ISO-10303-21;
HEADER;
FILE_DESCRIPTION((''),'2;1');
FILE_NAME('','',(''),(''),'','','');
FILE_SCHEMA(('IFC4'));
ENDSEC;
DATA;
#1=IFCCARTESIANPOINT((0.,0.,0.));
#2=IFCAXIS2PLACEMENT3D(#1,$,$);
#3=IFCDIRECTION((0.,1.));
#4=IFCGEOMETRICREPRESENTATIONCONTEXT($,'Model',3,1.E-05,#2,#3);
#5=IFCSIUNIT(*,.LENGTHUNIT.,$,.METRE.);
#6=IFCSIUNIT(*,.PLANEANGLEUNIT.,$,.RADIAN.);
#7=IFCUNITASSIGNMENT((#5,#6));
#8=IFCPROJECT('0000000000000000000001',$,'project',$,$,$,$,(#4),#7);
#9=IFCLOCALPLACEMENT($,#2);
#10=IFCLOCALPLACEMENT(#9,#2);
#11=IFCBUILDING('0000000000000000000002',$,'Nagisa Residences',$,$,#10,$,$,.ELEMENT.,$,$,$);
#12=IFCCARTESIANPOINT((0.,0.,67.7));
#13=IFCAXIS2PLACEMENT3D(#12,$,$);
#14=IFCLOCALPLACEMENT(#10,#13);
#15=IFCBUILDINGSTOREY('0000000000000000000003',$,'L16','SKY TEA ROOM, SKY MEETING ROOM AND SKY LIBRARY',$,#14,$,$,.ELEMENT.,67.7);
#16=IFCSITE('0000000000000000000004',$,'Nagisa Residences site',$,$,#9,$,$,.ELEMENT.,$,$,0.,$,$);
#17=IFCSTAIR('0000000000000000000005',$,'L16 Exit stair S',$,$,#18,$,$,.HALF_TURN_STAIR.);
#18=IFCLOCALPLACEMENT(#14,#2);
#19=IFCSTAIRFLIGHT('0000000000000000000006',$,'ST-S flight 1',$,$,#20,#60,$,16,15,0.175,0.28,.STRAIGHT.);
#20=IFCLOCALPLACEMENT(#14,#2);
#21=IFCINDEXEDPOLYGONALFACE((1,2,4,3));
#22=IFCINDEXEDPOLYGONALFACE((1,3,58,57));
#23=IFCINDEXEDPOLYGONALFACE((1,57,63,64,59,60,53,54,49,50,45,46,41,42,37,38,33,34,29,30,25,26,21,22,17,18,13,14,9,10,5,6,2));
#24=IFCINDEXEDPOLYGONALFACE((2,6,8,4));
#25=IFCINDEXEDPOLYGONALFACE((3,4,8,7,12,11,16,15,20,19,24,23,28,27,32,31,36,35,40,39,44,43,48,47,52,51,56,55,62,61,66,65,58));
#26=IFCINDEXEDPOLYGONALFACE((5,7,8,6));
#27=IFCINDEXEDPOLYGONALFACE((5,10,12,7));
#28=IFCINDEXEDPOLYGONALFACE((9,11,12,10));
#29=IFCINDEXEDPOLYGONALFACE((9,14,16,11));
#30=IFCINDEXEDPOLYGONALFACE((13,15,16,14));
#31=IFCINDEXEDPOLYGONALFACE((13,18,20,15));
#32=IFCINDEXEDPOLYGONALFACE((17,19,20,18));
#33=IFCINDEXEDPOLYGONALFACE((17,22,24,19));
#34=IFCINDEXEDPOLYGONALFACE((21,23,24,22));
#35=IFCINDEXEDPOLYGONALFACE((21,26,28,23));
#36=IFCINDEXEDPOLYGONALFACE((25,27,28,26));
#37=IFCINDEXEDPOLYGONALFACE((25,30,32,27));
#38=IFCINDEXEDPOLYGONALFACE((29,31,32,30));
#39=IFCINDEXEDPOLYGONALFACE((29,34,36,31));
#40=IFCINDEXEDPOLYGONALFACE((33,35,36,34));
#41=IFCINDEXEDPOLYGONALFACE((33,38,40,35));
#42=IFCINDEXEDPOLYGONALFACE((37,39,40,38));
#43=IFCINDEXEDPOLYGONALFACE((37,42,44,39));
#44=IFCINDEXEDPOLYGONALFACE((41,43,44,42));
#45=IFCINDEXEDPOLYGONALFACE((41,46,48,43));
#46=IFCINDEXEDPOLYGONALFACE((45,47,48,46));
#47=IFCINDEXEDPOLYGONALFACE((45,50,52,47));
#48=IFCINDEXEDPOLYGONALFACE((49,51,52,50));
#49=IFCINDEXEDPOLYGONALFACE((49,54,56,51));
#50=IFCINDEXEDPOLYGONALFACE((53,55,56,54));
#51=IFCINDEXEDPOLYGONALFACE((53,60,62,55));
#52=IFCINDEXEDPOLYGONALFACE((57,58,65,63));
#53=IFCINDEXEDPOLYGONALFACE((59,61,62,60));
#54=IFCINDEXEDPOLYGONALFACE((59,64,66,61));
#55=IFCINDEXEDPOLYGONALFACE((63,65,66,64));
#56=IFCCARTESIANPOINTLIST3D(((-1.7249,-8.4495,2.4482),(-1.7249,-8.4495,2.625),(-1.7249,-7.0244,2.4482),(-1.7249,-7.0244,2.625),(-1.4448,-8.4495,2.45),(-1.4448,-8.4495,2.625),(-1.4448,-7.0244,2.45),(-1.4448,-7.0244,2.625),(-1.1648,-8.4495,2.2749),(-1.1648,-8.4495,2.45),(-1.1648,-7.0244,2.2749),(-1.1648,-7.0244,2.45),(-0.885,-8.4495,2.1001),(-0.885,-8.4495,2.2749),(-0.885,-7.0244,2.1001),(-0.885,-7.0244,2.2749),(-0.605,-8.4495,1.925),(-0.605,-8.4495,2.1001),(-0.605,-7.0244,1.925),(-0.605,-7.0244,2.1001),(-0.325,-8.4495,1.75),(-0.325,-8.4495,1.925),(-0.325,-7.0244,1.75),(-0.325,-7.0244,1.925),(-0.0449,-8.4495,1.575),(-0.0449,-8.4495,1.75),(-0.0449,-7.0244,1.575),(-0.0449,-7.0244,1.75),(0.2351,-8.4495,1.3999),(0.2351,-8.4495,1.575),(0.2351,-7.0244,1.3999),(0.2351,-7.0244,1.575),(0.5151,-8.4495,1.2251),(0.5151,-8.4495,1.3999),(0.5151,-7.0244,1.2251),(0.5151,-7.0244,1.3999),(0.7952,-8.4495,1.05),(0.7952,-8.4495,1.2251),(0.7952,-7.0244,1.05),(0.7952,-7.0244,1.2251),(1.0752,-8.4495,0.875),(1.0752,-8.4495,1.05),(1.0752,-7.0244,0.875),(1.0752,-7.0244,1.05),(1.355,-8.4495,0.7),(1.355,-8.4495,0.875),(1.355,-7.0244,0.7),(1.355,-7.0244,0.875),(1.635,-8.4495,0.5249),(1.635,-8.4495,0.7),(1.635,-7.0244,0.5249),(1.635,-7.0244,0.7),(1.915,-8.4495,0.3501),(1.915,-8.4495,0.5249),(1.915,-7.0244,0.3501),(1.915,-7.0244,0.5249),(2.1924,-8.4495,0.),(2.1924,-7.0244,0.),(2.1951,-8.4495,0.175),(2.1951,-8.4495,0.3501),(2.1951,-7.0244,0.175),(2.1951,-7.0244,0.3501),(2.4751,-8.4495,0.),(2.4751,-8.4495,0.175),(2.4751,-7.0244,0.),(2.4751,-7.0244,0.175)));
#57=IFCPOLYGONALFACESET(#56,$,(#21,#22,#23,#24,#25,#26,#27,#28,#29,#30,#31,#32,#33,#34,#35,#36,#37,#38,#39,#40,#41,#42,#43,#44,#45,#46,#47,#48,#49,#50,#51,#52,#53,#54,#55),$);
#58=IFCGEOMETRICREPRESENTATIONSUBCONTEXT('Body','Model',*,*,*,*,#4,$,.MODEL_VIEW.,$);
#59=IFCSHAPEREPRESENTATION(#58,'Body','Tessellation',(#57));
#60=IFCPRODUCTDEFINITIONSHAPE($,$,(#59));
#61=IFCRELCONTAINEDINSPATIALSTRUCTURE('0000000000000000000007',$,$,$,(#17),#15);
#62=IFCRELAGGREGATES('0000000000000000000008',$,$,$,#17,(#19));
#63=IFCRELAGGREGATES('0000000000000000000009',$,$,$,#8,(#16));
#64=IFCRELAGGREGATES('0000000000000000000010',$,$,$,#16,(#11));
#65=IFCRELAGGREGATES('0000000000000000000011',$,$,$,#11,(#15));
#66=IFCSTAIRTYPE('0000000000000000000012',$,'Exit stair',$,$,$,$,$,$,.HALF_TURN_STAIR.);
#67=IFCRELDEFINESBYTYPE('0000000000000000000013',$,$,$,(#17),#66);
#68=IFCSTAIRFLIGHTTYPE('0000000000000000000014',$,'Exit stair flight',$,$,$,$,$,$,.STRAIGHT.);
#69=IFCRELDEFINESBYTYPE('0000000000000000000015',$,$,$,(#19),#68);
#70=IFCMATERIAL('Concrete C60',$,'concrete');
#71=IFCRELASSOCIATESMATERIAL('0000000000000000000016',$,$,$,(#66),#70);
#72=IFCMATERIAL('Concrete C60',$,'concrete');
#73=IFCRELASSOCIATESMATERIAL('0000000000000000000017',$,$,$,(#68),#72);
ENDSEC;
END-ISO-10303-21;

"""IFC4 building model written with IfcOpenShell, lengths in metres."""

from ifc_helpers import new_model, si_unit, direction, frame, origin, place, context, subcontext, project, spatial, polyline, outline, extrude, material, type_object, element, aggregate, save


model = new_model("IFC4")

# Units and contexts
model_context = context("Model", 3, precision=1e-05, world=origin(), true_north=direction((0.0, 1.0)))
body_context = subcontext(model_context, "Body", "Model", "MODEL_VIEW")
ifc_project = project(units=[si_unit("LENGTHUNIT", "METRE"), si_unit("PLANEANGLEUNIT", "RADIAN")], contexts=[model_context])

# Site, building, storey
site_placement = place(None, origin())
site = spatial("IfcSite", under=ifc_project, at=site_placement, Name="Nagisa Residences site", CompositionType="ELEMENT", RefElevation=0.0)
building_placement = place(site_placement, origin())
building = spatial("IfcBuilding", under=site, at=building_placement, Name="Nagisa Residences", CompositionType="ELEMENT")
storey_placement = place(building_placement, frame((0.0, 0.0, 67.7)))
storey = spatial("IfcBuildingStorey", under=building, at=storey_placement, Name="L16", Description="SKY TEA ROOM, SKY MEETING ROOM AND SKY LIBRARY", CompositionType="ELEMENT", Elevation=67.7)

# Stair, stair flight
ifc_material_1 = material(Name="Concrete C60", Category="concrete")
stair_type = type_object("IfcStairType", Name="Exit stair", PredefinedType="HALF_TURN_STAIR", material=ifc_material_1)
stair_placement = place(storey_placement, origin())
stair = element("IfcStair", 1, at=stair_placement, inside=storey, type_object=stair_type, Name="L16 Exit stair S", PredefinedType="HALF_TURN_STAIR")
ifc_material_2 = material(Name="Concrete C60", Category="concrete")
stair_flight_type = type_object("IfcStairFlightType", Name="Exit stair flight", PredefinedType="STRAIGHT", material=ifc_material_2)
stair_flight_placement = place(storey_placement, frame((2.4751, -7.7371, 0.0), z_axis=(0.0, 0.0, 1.0), x_axis=(-1.0, 0.0, 0.0)))
stair_flight = element("IfcStairFlight", 2, at=stair_flight_placement, type_object=stair_flight_type, Name="ST-S flight 1", NumberOfRisers=16, NumberOfTreads=15, PredefinedType="STRAIGHT", RiserHeight=0.175, TreadLength=0.28, context=body_context, shape_type="SweptSolid", body=[
    extrude(outline(polyline([(0.0, 0.0), (0.0, 0.175), (0.28, 0.175), (0.28, 0.3501), (0.5601, 0.3501), (0.5601, 0.5249), (0.8401, 0.5249), (0.8401, 0.7), (1.1201, 0.7), (1.1201, 0.875), (1.3999, 0.875), (1.3999, 1.05), (1.6799, 1.05), (1.6799, 1.2251), (1.96, 1.2251), (1.96, 1.3999), (2.24, 1.3999), (2.24, 1.575), (2.52, 1.575), (2.52, 1.75), (2.8, 1.75), (2.8, 1.925), (3.0801, 1.925), (3.0801, 2.1001), (3.3601, 2.1001), (3.3601, 2.2749), (3.6399, 2.2749), (3.6399, 2.45), (3.9199, 2.45), (3.9199, 2.625), (4.2, 2.625), (4.2, 2.8), (4.2, 2.4482), (0.2827, 0.0), (0.0, 0.0)])), frame((0.0, 0.7124, 0.0), z_axis=(0.0, -1.0, 0.0), x_axis=(1.0, 0.0, 0.0)), (0.0, 0.0, 1.0), 1.425),
])
aggregate(stair, [stair_flight])

save(model, "model.ifc")
